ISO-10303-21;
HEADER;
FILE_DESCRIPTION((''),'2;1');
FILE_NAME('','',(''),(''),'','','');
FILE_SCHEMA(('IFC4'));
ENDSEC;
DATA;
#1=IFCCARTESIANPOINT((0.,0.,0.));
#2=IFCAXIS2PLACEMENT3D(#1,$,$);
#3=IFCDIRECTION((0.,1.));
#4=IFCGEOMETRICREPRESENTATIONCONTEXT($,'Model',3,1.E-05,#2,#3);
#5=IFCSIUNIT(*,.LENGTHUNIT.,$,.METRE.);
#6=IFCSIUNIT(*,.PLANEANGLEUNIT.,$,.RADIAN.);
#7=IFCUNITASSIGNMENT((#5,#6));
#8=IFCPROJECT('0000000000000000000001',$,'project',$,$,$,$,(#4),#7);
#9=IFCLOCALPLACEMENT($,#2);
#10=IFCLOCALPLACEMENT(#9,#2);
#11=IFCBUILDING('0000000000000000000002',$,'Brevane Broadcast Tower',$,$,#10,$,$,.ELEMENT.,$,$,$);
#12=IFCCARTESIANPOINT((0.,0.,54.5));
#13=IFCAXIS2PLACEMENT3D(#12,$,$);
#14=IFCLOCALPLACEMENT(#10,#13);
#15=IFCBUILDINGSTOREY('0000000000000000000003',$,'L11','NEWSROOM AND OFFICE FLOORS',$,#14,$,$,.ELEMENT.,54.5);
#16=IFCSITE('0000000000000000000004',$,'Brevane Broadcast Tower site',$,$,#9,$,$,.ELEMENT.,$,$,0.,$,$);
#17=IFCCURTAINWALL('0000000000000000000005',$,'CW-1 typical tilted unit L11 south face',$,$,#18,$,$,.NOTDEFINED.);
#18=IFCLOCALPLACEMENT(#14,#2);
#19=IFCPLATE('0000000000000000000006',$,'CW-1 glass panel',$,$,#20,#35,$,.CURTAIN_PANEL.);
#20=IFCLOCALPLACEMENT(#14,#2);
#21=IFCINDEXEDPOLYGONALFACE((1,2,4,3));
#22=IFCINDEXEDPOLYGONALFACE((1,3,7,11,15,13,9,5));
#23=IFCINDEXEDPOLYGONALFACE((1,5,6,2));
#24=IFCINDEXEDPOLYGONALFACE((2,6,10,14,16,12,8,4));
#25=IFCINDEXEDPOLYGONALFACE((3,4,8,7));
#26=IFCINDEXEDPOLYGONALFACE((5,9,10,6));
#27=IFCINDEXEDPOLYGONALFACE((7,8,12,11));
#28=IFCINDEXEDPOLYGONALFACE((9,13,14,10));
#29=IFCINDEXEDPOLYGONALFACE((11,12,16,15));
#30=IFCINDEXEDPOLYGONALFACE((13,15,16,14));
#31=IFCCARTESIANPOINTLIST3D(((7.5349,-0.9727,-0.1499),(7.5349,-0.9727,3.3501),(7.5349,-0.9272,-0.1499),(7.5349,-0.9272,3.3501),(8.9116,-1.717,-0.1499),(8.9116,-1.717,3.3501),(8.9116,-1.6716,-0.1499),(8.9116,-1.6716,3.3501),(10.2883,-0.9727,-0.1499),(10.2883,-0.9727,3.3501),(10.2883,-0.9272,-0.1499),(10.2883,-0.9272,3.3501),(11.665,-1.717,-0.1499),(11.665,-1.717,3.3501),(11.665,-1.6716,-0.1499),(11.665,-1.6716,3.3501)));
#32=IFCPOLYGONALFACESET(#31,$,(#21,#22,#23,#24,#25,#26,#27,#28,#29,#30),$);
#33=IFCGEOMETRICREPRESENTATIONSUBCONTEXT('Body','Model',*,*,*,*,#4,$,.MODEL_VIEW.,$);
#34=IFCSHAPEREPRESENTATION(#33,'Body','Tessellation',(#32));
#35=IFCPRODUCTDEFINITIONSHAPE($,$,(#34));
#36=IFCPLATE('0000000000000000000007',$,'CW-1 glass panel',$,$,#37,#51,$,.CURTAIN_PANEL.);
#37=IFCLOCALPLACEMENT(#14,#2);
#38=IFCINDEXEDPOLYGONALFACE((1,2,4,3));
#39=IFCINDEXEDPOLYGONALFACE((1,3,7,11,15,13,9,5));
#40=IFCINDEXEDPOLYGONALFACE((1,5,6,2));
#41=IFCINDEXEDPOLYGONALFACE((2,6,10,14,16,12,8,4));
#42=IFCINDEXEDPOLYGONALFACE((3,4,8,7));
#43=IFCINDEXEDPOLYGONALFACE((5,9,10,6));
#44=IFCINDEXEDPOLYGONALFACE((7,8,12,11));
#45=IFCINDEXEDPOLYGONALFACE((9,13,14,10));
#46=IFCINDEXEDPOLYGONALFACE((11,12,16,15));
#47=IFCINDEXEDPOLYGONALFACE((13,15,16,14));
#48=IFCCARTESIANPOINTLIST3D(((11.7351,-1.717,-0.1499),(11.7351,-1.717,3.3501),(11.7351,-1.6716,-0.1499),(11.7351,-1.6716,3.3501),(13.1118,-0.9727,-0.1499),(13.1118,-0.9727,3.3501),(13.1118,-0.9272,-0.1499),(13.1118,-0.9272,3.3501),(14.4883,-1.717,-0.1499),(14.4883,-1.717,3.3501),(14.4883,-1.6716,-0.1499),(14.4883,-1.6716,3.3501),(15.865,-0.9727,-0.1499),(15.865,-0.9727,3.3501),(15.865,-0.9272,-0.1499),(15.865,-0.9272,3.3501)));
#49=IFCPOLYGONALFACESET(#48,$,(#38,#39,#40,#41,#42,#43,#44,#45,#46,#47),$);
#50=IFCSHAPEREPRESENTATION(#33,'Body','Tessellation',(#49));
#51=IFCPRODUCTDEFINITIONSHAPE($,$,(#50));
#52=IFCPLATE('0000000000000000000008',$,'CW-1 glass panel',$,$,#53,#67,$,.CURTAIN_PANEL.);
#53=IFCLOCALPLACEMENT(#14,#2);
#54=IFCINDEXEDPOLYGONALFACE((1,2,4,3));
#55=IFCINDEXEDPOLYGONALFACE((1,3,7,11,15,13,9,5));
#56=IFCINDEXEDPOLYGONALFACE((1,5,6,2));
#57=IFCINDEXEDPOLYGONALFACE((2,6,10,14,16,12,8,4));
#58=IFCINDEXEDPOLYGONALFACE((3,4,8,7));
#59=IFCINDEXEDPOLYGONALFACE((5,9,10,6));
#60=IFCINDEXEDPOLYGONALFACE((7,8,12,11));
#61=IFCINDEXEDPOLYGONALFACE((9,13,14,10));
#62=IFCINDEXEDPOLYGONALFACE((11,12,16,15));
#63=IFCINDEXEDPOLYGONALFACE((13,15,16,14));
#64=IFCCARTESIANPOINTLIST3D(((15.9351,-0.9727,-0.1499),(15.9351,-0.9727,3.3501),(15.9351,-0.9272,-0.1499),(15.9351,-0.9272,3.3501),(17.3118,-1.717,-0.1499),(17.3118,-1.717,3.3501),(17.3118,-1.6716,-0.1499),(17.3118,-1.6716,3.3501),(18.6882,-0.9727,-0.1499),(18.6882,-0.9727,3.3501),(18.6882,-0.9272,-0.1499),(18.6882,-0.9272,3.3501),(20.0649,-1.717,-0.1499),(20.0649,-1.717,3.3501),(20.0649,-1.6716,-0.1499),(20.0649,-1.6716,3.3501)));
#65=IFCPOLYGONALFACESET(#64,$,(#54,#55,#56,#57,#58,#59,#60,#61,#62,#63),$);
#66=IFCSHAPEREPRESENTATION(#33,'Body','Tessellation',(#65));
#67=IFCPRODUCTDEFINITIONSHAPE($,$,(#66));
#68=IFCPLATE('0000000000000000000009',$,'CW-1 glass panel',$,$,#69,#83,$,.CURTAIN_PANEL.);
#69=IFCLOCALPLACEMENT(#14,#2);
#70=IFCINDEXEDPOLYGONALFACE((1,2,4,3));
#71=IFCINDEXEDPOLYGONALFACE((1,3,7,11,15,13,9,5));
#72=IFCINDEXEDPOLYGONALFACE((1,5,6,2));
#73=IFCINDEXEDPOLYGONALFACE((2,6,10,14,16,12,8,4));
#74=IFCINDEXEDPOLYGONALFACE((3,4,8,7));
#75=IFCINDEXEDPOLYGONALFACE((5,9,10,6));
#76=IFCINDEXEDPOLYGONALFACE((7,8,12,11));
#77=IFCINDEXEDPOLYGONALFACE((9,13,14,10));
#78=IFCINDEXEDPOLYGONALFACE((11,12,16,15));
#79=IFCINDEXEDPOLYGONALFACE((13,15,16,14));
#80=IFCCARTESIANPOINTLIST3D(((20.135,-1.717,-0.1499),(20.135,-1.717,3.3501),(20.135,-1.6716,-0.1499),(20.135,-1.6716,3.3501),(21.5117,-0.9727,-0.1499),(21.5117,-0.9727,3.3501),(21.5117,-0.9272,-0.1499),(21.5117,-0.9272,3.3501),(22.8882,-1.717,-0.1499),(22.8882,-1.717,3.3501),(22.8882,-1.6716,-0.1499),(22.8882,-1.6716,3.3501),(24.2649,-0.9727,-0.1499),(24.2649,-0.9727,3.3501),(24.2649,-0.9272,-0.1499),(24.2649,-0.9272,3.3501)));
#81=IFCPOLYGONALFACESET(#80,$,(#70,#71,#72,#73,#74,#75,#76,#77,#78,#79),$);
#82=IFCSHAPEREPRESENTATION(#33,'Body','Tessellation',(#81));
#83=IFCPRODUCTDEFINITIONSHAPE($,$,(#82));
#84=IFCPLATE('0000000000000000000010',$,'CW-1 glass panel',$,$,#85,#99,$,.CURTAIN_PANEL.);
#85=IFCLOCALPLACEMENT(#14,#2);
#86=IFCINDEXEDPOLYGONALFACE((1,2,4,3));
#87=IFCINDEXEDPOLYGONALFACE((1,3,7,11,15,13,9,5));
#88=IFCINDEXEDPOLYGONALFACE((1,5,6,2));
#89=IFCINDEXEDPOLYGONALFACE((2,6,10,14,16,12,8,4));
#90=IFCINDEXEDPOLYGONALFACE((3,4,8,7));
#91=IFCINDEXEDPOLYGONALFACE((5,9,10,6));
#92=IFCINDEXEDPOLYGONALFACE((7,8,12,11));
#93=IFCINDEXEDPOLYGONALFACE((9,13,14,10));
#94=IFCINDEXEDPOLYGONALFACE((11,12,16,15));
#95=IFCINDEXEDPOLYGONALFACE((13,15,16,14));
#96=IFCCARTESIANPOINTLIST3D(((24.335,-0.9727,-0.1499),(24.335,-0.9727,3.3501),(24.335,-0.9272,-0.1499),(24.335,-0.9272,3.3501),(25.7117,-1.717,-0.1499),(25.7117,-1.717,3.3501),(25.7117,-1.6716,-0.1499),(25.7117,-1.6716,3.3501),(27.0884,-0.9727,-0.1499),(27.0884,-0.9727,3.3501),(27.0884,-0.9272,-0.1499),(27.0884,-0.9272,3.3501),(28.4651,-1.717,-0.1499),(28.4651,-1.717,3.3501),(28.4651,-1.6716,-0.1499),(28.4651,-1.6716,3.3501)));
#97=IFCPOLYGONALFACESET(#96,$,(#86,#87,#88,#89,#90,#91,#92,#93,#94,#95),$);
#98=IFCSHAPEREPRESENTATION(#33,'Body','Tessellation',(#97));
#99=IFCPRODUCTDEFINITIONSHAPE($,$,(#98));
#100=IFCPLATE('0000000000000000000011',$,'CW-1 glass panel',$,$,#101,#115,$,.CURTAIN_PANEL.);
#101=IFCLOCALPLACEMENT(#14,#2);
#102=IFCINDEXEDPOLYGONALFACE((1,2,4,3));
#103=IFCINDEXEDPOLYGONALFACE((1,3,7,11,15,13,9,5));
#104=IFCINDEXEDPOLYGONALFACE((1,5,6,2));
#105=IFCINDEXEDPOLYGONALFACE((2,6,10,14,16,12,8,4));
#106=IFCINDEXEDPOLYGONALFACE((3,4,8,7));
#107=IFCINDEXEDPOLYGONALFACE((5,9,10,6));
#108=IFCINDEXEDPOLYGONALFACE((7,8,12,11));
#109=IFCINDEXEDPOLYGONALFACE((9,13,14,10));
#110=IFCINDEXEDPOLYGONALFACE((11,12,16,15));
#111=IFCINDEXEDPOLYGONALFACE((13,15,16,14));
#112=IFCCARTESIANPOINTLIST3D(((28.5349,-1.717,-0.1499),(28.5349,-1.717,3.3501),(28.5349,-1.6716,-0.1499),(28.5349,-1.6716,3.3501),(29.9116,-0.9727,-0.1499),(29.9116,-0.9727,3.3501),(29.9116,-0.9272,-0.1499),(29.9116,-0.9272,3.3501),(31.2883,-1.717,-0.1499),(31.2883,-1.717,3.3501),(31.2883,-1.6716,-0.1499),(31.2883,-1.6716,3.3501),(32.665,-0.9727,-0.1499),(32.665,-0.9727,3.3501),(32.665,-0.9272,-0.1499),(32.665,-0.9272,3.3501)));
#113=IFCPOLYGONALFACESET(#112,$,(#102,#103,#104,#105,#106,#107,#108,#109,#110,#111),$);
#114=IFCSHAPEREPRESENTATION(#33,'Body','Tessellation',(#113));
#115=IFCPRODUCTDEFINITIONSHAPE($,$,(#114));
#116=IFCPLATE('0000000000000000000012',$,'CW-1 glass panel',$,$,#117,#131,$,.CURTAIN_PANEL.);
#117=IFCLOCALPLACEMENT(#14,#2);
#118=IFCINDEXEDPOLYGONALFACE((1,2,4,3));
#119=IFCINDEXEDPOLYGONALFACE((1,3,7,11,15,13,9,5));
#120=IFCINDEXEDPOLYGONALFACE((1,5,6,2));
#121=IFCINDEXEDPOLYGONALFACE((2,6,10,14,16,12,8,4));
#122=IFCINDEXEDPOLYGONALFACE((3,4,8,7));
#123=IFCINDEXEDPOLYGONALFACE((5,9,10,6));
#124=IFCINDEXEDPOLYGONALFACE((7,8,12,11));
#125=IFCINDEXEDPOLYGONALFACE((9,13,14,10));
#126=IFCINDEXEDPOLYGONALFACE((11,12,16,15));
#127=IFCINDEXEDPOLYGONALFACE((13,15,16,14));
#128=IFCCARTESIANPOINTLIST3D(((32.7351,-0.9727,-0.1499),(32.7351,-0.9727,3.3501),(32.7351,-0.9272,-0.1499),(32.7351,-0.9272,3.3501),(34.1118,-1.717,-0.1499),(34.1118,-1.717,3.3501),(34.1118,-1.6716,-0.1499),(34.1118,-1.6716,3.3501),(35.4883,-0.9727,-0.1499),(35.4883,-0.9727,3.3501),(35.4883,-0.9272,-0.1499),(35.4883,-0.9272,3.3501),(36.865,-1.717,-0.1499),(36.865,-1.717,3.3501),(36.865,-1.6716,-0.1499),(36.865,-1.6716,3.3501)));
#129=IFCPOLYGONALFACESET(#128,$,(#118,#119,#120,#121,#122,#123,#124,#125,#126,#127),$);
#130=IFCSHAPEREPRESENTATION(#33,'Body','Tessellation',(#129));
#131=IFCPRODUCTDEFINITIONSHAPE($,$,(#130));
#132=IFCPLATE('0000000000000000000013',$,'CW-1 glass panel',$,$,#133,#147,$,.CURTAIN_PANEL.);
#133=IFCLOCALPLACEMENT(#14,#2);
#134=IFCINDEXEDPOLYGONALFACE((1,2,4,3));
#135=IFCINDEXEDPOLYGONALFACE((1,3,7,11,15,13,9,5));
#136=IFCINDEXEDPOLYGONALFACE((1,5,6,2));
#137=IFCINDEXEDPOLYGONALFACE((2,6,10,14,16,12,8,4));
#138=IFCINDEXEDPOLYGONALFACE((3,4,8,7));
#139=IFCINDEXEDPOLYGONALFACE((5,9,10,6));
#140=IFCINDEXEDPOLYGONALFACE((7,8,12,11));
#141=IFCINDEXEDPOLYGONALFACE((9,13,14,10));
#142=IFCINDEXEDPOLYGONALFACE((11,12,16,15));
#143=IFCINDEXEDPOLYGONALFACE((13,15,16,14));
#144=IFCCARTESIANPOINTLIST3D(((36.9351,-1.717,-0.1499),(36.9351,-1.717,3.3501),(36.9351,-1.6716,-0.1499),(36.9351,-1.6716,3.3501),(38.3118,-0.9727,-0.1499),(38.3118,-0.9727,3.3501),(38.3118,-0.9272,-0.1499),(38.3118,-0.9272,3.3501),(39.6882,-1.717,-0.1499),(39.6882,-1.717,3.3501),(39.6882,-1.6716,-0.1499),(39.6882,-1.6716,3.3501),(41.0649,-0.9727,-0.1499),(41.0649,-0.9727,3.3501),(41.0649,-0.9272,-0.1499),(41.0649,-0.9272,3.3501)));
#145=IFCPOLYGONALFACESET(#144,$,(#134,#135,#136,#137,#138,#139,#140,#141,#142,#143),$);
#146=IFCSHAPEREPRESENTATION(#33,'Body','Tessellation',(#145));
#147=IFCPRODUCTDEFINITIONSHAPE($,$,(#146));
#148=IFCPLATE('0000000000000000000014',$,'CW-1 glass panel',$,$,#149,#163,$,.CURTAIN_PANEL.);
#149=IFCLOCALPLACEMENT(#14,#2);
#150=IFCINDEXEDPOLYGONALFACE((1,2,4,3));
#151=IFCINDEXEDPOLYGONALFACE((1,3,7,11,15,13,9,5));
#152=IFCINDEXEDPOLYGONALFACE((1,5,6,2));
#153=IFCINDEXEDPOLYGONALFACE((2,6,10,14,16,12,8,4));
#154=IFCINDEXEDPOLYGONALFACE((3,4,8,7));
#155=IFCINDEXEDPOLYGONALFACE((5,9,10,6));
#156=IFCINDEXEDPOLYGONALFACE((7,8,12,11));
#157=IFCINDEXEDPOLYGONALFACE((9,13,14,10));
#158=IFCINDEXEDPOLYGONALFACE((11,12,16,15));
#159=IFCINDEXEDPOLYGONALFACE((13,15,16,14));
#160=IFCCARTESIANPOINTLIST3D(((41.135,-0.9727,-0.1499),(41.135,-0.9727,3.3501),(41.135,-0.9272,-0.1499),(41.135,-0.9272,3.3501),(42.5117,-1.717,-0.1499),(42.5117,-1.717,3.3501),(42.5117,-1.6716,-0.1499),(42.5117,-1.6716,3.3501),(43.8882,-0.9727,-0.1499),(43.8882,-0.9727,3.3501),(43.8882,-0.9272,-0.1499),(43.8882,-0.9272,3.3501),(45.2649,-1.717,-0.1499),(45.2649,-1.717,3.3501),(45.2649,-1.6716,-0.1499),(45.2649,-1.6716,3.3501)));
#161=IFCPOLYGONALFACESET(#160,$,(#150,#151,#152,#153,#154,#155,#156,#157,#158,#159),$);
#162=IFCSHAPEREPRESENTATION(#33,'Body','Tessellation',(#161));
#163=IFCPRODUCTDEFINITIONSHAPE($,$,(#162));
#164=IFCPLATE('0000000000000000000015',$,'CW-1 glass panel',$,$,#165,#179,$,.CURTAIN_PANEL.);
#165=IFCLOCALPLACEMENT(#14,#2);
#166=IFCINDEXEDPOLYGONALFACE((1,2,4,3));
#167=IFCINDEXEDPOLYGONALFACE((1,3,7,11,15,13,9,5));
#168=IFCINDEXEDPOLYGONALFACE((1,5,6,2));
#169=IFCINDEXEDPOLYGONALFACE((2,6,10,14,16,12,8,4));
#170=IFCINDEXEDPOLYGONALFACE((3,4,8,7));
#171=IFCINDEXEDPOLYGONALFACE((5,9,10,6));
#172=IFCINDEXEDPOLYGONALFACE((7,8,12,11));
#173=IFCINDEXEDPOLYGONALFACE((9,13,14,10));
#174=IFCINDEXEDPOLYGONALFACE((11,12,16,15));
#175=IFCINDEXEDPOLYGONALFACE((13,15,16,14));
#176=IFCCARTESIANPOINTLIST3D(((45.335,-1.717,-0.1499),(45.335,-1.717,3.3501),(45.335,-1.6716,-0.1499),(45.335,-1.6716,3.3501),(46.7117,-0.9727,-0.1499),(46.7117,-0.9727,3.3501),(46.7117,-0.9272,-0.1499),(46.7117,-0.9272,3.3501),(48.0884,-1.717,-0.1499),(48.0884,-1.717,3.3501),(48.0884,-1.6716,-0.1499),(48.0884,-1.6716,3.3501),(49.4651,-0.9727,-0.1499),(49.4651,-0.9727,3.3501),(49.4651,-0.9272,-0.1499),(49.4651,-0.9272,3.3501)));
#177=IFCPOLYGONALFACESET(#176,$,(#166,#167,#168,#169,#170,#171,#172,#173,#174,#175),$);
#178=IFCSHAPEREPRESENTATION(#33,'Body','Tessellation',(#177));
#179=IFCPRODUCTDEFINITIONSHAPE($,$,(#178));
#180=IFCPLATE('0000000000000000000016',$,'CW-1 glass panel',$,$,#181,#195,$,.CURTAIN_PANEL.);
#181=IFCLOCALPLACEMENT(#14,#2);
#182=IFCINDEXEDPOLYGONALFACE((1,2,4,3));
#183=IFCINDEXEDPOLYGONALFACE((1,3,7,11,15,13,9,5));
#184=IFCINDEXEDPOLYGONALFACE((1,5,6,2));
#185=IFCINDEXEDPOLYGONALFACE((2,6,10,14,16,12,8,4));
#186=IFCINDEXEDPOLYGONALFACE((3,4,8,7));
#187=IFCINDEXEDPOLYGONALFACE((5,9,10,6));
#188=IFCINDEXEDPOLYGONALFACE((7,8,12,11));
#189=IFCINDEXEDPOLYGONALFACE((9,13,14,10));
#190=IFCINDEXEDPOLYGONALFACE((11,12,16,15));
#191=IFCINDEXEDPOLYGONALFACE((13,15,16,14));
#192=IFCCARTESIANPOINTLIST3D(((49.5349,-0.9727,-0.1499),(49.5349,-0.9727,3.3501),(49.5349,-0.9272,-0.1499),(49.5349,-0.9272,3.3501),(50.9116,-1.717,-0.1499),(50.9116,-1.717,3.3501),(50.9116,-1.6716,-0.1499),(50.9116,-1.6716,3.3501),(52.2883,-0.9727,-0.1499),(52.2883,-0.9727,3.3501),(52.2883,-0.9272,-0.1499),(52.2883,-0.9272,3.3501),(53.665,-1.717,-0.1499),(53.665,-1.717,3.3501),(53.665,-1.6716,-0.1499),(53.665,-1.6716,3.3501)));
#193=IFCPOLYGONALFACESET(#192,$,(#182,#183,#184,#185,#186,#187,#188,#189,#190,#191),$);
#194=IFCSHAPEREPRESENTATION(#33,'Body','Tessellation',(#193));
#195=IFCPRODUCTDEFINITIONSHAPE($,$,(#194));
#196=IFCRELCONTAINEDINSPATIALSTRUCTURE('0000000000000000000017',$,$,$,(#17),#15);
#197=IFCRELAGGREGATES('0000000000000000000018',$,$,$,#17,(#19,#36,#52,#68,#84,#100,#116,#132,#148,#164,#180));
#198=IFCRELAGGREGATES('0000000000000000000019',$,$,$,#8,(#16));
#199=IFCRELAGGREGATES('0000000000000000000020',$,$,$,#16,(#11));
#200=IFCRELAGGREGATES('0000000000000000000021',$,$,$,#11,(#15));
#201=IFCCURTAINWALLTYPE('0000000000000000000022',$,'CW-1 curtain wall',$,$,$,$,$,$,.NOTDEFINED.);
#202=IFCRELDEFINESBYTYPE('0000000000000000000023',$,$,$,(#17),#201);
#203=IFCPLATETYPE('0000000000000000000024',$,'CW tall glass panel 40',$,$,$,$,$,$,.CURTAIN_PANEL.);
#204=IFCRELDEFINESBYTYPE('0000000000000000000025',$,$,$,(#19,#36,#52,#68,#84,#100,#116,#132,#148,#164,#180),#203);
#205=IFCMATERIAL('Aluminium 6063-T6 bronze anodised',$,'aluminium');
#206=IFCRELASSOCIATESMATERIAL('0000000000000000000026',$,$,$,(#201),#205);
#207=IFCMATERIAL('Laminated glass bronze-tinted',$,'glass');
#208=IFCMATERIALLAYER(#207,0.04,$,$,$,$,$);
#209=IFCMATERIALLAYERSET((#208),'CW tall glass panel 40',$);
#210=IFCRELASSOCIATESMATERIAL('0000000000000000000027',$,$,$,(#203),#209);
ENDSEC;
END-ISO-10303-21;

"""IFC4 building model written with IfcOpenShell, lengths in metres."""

from ifc_helpers import new_model, si_unit, direction, frame, origin, place, context, subcontext, project, spatial, polyline, outline, extrude, material, layer, layer_set, type_object, element, aggregate, save


model = new_model("IFC4")

# Units and contexts
model_context = context("Model", 3, precision=1e-05, world=origin(), true_north=direction((0.0, 1.0)))
body_context = subcontext(model_context, "Body", "Model", "MODEL_VIEW")
ifc_project = project(units=[si_unit("LENGTHUNIT", "METRE"), si_unit("PLANEANGLEUNIT", "RADIAN")], contexts=[model_context])

# Site, building, storey
site_placement = place(None, origin())
site = spatial("IfcSite", under=ifc_project, at=site_placement, Name="Brevane Broadcast Tower site", CompositionType="ELEMENT", RefElevation=0.0)
building_placement = place(site_placement, origin())
building = spatial("IfcBuilding", under=site, at=building_placement, Name="Brevane Broadcast Tower", CompositionType="ELEMENT")
storey_placement = place(building_placement, frame((0.0, 0.0, 54.5)))
storey = spatial("IfcBuildingStorey", under=building, at=storey_placement, Name="L11", Description="NEWSROOM AND OFFICE FLOORS", CompositionType="ELEMENT", Elevation=54.5)

# Curtain wall, plates
ifc_material_1 = material(Name="Aluminium 6063-T6 bronze anodised", Category="aluminium")
curtain_wall_type = type_object("IfcCurtainWallType", Name="CW-1 curtain wall", PredefinedType="NOTDEFINED", material=ifc_material_1)
curtain_wall_1_placement = place(storey_placement, origin())
curtain_wall_1 = element("IfcCurtainWall", 1, at=curtain_wall_1_placement, inside=storey, type_object=curtain_wall_type, Name="CW-1 typical tilted unit L11 south face", PredefinedType="NOTDEFINED")
ifc_material_2 = material(Name="Laminated glass bronze-tinted", Category="glass")
ifc_layer = layer(ifc_material_2, 0.04)
ifc_layer_set = layer_set([ifc_layer], Name="CW tall glass panel 40")
plate_type = type_object("IfcPlateType", Name="CW tall glass panel 40", PredefinedType="CURTAIN_PANEL", material=ifc_layer_set)
plate_1_placement = place(storey_placement, frame((0.0, 0.0, -0.1499)))
plate_1 = element("IfcPlate", 2, at=plate_1_placement, type_object=plate_type, Name="CW-1 glass panel", PredefinedType="CURTAIN_PANEL", context=body_context, shape_type="SweptSolid", body=[
    extrude(outline(polyline([(7.5349, -0.9272), (7.5349, -0.9727), (8.9116, -1.717), (10.2883, -0.9727), (11.665, -1.717), (11.665, -1.6716), (10.2883, -0.9272), (8.9116, -1.6716), (7.5349, -0.9272)])), origin(), (0.0, 0.0, 1.0), 3.5),
])
plate_2_placement = place(storey_placement, frame((0.0, 0.0, -0.1499)))
plate_2 = element("IfcPlate", 3, at=plate_2_placement, type_object=plate_type, Name="CW-1 glass panel", PredefinedType="CURTAIN_PANEL", context=body_context, shape_type="SweptSolid", body=[
    extrude(outline(polyline([(11.7351, -1.6716), (11.7351, -1.717), (13.1118, -0.9727), (14.4883, -1.717), (15.865, -0.9727), (15.865, -0.9272), (14.4883, -1.6716), (13.1118, -0.9272), (11.7351, -1.6716)])), origin(), (0.0, 0.0, 1.0), 3.5),
])
plate_3_placement = place(storey_placement, frame((0.0, 0.0, -0.1499)))
plate_3 = element("IfcPlate", 4, at=plate_3_placement, type_object=plate_type, Name="CW-1 glass panel", PredefinedType="CURTAIN_PANEL", context=body_context, shape_type="SweptSolid", body=[
    extrude(outline(polyline([(15.9351, -0.9272), (15.9351, -0.9727), (17.3118, -1.717), (18.6882, -0.9727), (20.0649, -1.717), (20.0649, -1.6716), (18.6882, -0.9272), (17.3118, -1.6716), (15.9351, -0.9272)])), origin(), (0.0, 0.0, 1.0), 3.5),
])
plate_4_placement = place(storey_placement, frame((0.0, 0.0, -0.1499)))
plate_4 = element("IfcPlate", 5, at=plate_4_placement, type_object=plate_type, Name="CW-1 glass panel", PredefinedType="CURTAIN_PANEL", context=body_context, shape_type="SweptSolid", body=[
    extrude(outline(polyline([(20.135, -1.6716), (20.135, -1.717), (21.5117, -0.9727), (22.8882, -1.717), (24.2649, -0.9727), (24.2649, -0.9272), (22.8882, -1.6716), (21.5117, -0.9272), (20.135, -1.6716)])), origin(), (0.0, 0.0, 1.0), 3.5),
])
plate_5_placement = place(storey_placement, frame((0.0, 0.0, -0.1499)))
plate_5 = element("IfcPlate", 6, at=plate_5_placement, type_object=plate_type, Name="CW-1 glass panel", PredefinedType="CURTAIN_PANEL", context=body_context, shape_type="SweptSolid", body=[
    extrude(outline(polyline([(24.335, -0.9272), (24.335, -0.9727), (25.7117, -1.717), (27.0884, -0.9727), (28.4651, -1.717), (28.4651, -1.6716), (27.0884, -0.9272), (25.7117, -1.6716), (24.335, -0.9272)])), origin(), (0.0, 0.0, 1.0), 3.5),
])
plate_6_placement = place(storey_placement, frame((0.0, 0.0, -0.1499)))
plate_6 = element("IfcPlate", 7, at=plate_6_placement, type_object=plate_type, Name="CW-1 glass panel", PredefinedType="CURTAIN_PANEL", context=body_context, shape_type="SweptSolid", body=[
    extrude(outline(polyline([(28.5349, -1.6716), (28.5349, -1.717), (29.9116, -0.9727), (31.2883, -1.717), (32.665, -0.9727), (32.665, -0.9272), (31.2883, -1.6716), (29.9116, -0.9272), (28.5349, -1.6716)])), origin(), (0.0, 0.0, 1.0), 3.5),
])
plate_7_placement = place(storey_placement, frame((0.0, 0.0, -0.1499)))
plate_7 = element("IfcPlate", 8, at=plate_7_placement, type_object=plate_type, Name="CW-1 glass panel", PredefinedType="CURTAIN_PANEL", context=body_context, shape_type="SweptSolid", body=[
    extrude(outline(polyline([(32.7351, -0.9272), (32.7351, -0.9727), (34.1118, -1.717), (35.4883, -0.9727), (36.865, -1.717), (36.865, -1.6716), (35.4883, -0.9272), (34.1118, -1.6716), (32.7351, -0.9272)])), origin(), (0.0, 0.0, 1.0), 3.5),
])
plate_8_placement = place(storey_placement, frame((0.0, 0.0, -0.1499)))
plate_8 = element("IfcPlate", 9, at=plate_8_placement, type_object=plate_type, Name="CW-1 glass panel", PredefinedType="CURTAIN_PANEL", context=body_context, shape_type="SweptSolid", body=[
    extrude(outline(polyline([(36.9351, -1.6716), (36.9351, -1.717), (38.3118, -0.9727), (39.6882, -1.717), (41.0649, -0.9727), (41.0649, -0.9272), (39.6882, -1.6716), (38.3118, -0.9272), (36.9351, -1.6716)])), origin(), (0.0, 0.0, 1.0), 3.5),
])
plate_9_placement = place(storey_placement, frame((0.0, 0.0, -0.1499)))
plate_9 = element("IfcPlate", 10, at=plate_9_placement, type_object=plate_type, Name="CW-1 glass panel", PredefinedType="CURTAIN_PANEL", context=body_context, shape_type="SweptSolid", body=[
    extrude(outline(polyline([(41.135, -0.9272), (41.135, -0.9727), (42.5117, -1.717), (43.8882, -0.9727), (45.2649, -1.717), (45.2649, -1.6716), (43.8882, -0.9272), (42.5117, -1.6716), (41.135, -0.9272)])), origin(), (0.0, 0.0, 1.0), 3.5),
])
plate_10_placement = place(storey_placement, frame((0.0, 0.0, -0.1499)))
plate_10 = element("IfcPlate", 11, at=plate_10_placement, type_object=plate_type, Name="CW-1 glass panel", PredefinedType="CURTAIN_PANEL", context=body_context, shape_type="SweptSolid", body=[
    extrude(outline(polyline([(45.335, -1.6716), (45.335, -1.717), (46.7117, -0.9727), (48.0884, -1.717), (49.4651, -0.9727), (49.4651, -0.9272), (48.0884, -1.6716), (46.7117, -0.9272), (45.335, -1.6716)])), origin(), (0.0, 0.0, 1.0), 3.5),
])
plate_11_placement = place(storey_placement, frame((0.0, 0.0, -0.1499)))
plate_11 = element("IfcPlate", 12, at=plate_11_placement, type_object=plate_type, Name="CW-1 glass panel", PredefinedType="CURTAIN_PANEL", context=body_context, shape_type="SweptSolid", body=[
    extrude(outline(polyline([(49.5349, -0.9272), (49.5349, -0.9727), (50.9116, -1.717), (52.2883, -0.9727), (53.665, -1.717), (53.665, -1.6716), (52.2883, -0.9272), (50.9116, -1.6716), (49.5349, -0.9272)])), origin(), (0.0, 0.0, 1.0), 3.5),
])
aggregate(curtain_wall_1, [plate_1, plate_2, plate_3, plate_4, plate_5, plate_6, plate_7, plate_8, plate_9, plate_10, plate_11])

save(model, "model.ifc")
